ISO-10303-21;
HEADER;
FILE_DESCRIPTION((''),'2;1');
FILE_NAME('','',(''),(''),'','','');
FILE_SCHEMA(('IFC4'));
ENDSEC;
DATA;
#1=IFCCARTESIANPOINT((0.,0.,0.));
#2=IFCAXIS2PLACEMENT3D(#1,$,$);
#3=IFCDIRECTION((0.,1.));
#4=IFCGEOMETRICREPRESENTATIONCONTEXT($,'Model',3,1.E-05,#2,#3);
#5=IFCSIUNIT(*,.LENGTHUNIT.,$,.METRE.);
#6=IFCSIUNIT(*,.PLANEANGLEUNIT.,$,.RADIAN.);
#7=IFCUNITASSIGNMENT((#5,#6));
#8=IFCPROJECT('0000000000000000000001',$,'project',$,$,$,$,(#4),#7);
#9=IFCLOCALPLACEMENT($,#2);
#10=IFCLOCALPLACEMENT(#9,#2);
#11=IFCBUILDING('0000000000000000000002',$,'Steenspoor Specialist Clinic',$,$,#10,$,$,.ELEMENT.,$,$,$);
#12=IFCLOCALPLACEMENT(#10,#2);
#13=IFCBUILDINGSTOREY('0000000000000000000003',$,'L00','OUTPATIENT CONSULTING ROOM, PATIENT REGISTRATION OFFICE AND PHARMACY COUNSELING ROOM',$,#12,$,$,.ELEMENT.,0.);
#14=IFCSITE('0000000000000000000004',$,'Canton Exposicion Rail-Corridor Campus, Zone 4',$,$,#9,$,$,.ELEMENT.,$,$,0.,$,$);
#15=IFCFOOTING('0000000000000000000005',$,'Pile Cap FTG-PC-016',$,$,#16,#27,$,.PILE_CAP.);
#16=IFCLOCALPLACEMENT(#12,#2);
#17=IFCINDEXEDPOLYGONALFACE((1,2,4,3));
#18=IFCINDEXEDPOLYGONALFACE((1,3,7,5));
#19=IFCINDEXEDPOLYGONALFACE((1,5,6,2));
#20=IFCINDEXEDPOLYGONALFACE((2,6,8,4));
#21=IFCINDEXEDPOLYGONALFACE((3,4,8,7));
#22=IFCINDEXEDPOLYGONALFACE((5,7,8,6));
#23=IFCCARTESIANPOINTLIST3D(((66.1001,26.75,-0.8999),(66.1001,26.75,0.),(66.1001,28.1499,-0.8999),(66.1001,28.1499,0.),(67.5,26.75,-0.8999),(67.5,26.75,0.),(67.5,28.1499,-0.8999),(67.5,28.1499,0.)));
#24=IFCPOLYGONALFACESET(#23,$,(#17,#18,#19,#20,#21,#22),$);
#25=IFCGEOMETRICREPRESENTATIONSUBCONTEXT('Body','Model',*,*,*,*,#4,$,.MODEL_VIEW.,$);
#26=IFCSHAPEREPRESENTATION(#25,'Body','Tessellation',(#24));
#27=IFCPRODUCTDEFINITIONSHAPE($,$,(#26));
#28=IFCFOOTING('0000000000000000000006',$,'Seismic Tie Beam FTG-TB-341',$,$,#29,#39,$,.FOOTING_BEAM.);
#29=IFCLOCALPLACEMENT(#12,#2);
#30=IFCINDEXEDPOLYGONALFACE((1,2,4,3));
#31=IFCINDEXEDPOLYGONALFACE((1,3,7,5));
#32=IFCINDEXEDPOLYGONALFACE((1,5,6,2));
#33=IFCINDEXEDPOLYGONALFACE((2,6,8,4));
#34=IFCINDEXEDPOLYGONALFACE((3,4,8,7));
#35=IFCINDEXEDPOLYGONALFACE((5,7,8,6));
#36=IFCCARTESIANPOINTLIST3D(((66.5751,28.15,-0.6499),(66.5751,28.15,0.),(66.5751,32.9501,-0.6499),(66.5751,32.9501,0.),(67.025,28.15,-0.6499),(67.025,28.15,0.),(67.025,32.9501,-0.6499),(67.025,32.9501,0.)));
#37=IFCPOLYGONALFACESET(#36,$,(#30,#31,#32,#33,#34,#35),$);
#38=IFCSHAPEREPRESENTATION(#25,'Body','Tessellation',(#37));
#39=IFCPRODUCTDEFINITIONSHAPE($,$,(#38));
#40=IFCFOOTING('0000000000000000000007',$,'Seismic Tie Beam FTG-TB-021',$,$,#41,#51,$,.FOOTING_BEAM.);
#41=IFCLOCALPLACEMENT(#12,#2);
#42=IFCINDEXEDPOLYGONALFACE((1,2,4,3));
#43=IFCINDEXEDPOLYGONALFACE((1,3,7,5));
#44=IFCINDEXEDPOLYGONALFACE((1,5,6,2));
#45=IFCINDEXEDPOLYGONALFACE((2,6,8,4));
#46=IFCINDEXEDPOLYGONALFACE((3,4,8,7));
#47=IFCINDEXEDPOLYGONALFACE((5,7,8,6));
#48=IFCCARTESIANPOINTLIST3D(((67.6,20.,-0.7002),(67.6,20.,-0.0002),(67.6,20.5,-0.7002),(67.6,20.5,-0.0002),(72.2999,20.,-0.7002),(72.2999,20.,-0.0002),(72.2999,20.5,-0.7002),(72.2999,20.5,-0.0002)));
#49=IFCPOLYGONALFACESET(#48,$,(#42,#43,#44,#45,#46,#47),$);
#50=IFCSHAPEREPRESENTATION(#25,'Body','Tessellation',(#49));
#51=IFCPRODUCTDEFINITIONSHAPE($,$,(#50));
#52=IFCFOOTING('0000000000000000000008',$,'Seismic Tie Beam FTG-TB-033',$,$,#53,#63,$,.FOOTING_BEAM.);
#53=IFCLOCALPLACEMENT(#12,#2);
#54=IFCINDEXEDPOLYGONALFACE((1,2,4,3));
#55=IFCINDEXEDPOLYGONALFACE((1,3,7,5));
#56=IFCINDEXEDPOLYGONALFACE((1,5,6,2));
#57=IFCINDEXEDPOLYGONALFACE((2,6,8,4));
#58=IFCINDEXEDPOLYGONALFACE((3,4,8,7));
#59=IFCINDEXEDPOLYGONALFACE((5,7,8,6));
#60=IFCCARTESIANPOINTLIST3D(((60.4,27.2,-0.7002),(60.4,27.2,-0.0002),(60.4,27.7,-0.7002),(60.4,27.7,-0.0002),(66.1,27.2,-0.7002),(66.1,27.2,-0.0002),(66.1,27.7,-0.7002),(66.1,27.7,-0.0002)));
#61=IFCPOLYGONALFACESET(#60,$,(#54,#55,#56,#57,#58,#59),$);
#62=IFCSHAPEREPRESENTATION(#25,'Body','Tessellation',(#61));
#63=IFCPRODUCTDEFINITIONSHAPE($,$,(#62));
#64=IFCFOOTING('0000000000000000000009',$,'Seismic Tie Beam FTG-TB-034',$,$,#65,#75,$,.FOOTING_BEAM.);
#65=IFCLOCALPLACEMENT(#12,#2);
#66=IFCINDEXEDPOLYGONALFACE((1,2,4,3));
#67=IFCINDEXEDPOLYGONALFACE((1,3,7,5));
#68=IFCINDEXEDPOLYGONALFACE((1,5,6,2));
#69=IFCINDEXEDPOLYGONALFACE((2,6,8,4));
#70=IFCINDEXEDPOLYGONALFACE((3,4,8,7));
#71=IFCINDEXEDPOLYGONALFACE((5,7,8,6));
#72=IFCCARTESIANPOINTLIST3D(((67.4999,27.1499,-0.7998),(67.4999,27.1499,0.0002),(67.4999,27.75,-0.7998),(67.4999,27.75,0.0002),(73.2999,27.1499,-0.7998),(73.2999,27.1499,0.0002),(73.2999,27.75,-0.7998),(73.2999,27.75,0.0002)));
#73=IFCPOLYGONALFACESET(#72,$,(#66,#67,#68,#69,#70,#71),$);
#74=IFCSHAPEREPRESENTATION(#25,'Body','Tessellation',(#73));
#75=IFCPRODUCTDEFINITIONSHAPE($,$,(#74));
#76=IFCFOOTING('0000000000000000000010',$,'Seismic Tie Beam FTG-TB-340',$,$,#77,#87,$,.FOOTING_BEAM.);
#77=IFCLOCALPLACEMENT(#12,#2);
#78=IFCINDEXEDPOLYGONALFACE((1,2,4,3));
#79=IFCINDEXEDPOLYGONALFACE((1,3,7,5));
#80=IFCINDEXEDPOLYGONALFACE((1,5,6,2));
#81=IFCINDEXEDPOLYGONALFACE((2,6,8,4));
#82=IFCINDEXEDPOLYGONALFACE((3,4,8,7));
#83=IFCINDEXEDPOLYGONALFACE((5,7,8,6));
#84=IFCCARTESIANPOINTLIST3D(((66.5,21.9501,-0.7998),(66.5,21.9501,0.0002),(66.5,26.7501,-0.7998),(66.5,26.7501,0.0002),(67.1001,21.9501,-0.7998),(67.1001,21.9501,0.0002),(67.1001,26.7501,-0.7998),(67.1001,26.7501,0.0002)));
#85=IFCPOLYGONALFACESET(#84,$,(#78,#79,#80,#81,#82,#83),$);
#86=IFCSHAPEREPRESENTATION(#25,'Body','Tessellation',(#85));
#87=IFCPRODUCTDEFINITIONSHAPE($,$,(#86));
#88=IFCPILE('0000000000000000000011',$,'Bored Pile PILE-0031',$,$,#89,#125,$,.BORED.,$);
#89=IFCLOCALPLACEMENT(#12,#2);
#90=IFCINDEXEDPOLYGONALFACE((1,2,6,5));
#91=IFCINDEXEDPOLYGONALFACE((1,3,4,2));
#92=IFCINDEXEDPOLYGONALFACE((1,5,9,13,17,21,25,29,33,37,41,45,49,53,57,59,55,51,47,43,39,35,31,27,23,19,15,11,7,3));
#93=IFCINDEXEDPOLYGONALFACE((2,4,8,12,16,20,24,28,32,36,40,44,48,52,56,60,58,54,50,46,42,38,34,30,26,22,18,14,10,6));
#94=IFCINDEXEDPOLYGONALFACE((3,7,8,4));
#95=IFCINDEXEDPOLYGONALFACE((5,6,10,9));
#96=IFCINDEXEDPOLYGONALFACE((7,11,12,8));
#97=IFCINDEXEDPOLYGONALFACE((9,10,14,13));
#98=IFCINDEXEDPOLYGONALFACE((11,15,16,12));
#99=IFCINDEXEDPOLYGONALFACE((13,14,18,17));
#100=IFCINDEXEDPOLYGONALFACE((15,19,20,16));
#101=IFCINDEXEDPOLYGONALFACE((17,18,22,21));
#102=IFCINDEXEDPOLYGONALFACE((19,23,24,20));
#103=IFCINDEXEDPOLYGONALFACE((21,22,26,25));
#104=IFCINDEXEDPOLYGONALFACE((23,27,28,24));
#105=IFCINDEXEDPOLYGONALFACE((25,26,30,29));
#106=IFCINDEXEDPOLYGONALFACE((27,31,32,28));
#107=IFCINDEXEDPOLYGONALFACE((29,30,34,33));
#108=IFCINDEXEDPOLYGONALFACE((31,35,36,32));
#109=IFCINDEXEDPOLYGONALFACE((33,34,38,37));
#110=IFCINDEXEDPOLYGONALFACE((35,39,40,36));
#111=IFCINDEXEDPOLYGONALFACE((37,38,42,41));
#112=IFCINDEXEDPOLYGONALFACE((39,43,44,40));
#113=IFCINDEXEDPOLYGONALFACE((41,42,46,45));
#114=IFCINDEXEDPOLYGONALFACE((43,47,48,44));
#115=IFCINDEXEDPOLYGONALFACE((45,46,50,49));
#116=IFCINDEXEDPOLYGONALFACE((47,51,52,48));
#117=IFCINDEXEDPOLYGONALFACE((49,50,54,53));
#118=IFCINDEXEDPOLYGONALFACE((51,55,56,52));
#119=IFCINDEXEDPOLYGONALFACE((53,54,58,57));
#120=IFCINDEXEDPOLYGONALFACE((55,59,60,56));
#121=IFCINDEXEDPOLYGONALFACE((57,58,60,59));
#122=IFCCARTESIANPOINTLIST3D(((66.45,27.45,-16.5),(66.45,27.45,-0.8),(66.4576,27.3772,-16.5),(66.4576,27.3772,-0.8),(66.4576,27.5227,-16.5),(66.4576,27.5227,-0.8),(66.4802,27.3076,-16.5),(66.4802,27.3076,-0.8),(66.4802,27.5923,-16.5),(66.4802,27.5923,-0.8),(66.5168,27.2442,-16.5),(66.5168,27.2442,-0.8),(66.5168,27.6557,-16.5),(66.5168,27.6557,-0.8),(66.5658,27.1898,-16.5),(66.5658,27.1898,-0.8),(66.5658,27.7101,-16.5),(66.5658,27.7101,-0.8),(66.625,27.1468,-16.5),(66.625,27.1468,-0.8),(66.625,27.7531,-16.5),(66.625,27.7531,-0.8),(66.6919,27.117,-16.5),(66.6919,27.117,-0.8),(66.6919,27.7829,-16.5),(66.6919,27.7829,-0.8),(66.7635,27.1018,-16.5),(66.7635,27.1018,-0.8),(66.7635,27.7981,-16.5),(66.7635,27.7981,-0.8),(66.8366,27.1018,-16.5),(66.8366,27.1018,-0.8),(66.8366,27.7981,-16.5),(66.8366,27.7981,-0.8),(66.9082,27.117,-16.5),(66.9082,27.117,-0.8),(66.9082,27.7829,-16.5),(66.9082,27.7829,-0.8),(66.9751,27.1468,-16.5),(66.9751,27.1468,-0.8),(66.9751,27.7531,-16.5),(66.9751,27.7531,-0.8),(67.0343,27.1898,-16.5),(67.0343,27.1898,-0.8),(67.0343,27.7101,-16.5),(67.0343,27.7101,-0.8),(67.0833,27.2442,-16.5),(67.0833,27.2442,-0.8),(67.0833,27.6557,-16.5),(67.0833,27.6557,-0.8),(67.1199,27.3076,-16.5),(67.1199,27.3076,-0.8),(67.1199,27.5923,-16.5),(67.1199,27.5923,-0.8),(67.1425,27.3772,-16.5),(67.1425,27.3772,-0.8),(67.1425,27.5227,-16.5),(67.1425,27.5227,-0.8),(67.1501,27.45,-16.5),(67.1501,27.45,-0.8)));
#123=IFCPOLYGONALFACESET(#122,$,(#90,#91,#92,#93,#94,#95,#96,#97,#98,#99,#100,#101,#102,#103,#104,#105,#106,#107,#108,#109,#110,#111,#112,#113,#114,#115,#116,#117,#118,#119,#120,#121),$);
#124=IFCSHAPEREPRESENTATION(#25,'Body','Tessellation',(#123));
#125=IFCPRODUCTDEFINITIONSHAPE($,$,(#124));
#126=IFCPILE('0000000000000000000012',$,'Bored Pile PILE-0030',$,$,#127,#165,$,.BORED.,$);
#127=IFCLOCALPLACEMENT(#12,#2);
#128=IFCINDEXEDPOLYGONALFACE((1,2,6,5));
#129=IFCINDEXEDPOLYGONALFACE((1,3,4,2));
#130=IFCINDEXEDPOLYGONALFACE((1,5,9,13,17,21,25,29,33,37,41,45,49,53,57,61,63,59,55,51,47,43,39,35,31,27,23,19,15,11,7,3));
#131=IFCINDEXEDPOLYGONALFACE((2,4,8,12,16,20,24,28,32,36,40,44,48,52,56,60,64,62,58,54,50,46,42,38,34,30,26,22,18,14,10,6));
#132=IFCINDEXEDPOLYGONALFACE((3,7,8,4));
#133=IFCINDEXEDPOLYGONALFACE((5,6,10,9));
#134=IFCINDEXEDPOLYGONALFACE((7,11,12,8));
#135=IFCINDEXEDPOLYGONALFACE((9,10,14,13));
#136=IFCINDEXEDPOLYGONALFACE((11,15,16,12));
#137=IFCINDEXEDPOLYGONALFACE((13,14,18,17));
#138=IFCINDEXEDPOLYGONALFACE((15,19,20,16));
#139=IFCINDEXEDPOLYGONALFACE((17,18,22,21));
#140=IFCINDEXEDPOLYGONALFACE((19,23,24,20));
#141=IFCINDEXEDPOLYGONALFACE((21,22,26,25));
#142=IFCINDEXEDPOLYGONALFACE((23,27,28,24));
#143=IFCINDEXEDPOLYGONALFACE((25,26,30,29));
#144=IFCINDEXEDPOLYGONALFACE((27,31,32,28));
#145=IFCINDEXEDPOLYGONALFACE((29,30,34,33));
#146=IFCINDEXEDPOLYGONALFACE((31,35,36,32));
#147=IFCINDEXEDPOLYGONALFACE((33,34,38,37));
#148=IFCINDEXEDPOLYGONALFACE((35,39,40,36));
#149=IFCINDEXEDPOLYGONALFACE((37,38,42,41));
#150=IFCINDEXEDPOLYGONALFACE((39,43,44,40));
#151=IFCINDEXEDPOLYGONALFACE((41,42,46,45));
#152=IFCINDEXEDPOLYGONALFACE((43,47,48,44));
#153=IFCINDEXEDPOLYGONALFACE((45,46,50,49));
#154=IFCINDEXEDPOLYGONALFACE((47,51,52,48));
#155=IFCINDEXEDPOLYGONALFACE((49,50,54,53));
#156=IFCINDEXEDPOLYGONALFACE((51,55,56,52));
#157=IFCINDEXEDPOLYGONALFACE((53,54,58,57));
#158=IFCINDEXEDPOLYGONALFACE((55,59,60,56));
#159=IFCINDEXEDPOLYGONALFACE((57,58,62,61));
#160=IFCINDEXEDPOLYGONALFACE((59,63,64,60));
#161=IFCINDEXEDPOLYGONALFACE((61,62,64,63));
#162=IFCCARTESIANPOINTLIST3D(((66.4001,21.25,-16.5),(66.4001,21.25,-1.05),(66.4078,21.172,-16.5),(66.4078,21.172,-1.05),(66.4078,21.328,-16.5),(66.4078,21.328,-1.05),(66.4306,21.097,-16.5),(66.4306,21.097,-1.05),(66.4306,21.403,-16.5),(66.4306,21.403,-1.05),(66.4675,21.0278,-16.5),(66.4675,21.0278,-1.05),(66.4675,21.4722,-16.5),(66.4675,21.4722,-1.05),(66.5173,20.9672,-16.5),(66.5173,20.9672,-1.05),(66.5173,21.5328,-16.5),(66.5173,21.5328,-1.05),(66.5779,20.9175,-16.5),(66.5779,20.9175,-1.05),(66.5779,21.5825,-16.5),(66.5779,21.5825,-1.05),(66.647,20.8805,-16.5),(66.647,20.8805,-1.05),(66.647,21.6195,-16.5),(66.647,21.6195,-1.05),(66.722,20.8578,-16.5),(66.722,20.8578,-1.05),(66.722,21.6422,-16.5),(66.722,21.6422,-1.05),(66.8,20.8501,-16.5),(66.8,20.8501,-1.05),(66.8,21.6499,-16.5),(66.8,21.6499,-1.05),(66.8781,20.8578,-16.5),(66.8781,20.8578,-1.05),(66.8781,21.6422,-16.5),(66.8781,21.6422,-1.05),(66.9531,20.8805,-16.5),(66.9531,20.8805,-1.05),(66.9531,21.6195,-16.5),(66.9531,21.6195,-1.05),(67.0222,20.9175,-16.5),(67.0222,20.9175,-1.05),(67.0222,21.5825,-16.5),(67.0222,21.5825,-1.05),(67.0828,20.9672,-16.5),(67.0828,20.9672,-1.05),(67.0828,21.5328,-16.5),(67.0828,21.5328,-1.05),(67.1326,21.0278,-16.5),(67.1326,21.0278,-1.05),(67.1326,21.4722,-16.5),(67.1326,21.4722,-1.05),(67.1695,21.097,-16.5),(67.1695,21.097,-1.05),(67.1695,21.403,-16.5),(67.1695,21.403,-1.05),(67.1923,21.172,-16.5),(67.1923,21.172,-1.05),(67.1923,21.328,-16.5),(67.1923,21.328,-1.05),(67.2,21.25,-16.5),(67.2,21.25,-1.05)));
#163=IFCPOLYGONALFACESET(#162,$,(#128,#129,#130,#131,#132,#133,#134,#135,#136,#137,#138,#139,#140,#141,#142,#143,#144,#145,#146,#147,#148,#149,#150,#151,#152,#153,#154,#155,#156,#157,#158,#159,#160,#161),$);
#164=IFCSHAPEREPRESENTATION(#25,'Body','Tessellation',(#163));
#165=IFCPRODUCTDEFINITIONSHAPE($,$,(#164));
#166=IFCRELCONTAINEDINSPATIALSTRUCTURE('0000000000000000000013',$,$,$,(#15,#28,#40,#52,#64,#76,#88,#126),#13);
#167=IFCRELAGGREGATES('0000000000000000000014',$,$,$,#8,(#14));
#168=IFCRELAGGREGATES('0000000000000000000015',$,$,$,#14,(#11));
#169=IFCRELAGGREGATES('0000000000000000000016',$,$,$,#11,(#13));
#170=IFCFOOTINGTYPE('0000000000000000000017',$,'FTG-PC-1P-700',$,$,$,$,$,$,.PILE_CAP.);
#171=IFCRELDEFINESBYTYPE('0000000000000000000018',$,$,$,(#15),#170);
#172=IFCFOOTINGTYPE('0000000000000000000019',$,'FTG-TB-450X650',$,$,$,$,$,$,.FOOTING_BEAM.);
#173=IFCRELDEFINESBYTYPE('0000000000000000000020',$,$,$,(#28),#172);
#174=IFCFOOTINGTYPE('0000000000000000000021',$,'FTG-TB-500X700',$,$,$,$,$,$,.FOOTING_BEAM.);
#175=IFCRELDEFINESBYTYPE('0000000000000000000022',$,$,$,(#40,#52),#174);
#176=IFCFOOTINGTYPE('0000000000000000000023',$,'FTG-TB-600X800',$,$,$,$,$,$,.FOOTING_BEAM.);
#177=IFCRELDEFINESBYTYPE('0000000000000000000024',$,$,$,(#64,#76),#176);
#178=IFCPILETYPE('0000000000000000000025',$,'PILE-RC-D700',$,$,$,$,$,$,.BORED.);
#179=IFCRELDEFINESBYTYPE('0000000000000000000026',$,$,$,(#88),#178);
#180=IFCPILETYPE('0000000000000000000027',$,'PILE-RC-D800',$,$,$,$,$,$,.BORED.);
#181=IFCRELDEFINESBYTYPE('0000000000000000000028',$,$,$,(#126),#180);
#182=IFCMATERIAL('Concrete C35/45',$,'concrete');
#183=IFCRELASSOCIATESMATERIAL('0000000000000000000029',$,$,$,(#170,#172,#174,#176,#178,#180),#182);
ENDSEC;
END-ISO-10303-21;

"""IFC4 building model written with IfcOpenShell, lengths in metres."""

from ifc_helpers import new_model, si_unit, direction, frame, origin, origin_2d, place, context, subcontext, project, spatial, rectangle, circle, extrude, material, material_profile, profile_set, type_object, element, save


model = new_model("IFC4")

# Units and contexts
model_context = context("Model", 3, precision=1e-05, world=origin(), true_north=direction((0.0, 1.0)))
body_context = subcontext(model_context, "Body", "Model", "MODEL_VIEW")
ifc_project = project(units=[si_unit("LENGTHUNIT", "METRE"), si_unit("PLANEANGLEUNIT", "RADIAN")], contexts=[model_context])

# Site, building, storey
site_placement = place(None, origin())
site = spatial("IfcSite", under=ifc_project, at=site_placement, Name="Canton Exposicion Rail-Corridor Campus, Zone 4", CompositionType="ELEMENT", RefElevation=0.0)
building_placement = place(site_placement, origin())
building = spatial("IfcBuilding", under=site, at=building_placement, Name="Steenspoor Specialist Clinic", CompositionType="ELEMENT")
storey_placement = place(building_placement, origin())
storey = spatial("IfcBuildingStorey", under=building, at=storey_placement, Name="L00", Description="OUTPATIENT CONSULTING ROOM, PATIENT REGISTRATION OFFICE AND PHARMACY COUNSELING ROOM", CompositionType="ELEMENT", Elevation=0.0)

# Footings
ifc_material_1 = material(Name="Concrete C35/45", Category="concrete")
footing_type_1 = type_object("IfcFootingType", Name="FTG-PC-1P-700", PredefinedType="PILE_CAP", material=ifc_material_1)
footing_1_placement = place(storey_placement, frame((66.8, 27.45, -0.8999), z_axis=(0.0, 0.0, 1.0), x_axis=(1.0, 0.0, 0.0)))
element("IfcFooting", 1, at=footing_1_placement, inside=storey, type_object=footing_type_1, Name="Pile Cap FTG-PC-016", PredefinedType="PILE_CAP", context=body_context, shape_type="SweptSolid", body=[
    extrude(rectangle(XDim=1.3999, YDim=1.3999, at=origin_2d()), origin(), (0.0, 0.0, 1.0), 0.8999),
])
footing_type_2 = type_object("IfcFootingType", Name="FTG-TB-450X650", PredefinedType="FOOTING_BEAM", material=ifc_material_1)
footing_2_placement = place(storey_placement, frame((66.8, 30.55, -0.6499), z_axis=(0.0, 0.0, 1.0), x_axis=(1.0, 0.0, 0.0)))
element("IfcFooting", 2, at=footing_2_placement, inside=storey, type_object=footing_type_2, Name="Seismic Tie Beam FTG-TB-341", PredefinedType="FOOTING_BEAM", context=body_context, shape_type="SweptSolid", body=[
    extrude(rectangle(XDim=0.45, YDim=4.8, at=origin_2d()), origin(), (0.0, 0.0, 1.0), 0.6499),
])
footing_type_3 = type_object("IfcFootingType", Name="FTG-TB-500X700", PredefinedType="FOOTING_BEAM", material=ifc_material_1)
footing_3_placement = place(storey_placement, frame((69.95, 20.25, -0.7002), z_axis=(0.0, 0.0, 1.0), x_axis=(1.0, 0.0, 0.0)))
element("IfcFooting", 3, at=footing_3_placement, inside=storey, type_object=footing_type_3, Name="Seismic Tie Beam FTG-TB-021", PredefinedType="FOOTING_BEAM", context=body_context, shape_type="SweptSolid", body=[
    extrude(rectangle(XDim=4.7, YDim=0.5, at=origin_2d()), origin(), (0.0, 0.0, 1.0), 0.7),
])
footing_4_placement = place(storey_placement, frame((63.25, 27.45, -0.7002), z_axis=(0.0, 0.0, 1.0), x_axis=(1.0, 0.0, 0.0)))
element("IfcFooting", 4, at=footing_4_placement, inside=storey, type_object=footing_type_3, Name="Seismic Tie Beam FTG-TB-033", PredefinedType="FOOTING_BEAM", context=body_context, shape_type="SweptSolid", body=[
    extrude(rectangle(XDim=5.7, YDim=0.5, at=origin_2d()), origin(), (0.0, 0.0, 1.0), 0.7),
])
footing_type_4 = type_object("IfcFootingType", Name="FTG-TB-600X800", PredefinedType="FOOTING_BEAM", material=ifc_material_1)
footing_5_placement = place(storey_placement, frame((70.3999, 27.45, -0.7998), z_axis=(0.0, 0.0, 1.0), x_axis=(1.0, 0.0, 0.0)))
element("IfcFooting", 5, at=footing_5_placement, inside=storey, type_object=footing_type_4, Name="Seismic Tie Beam FTG-TB-034", PredefinedType="FOOTING_BEAM", context=body_context, shape_type="SweptSolid", body=[
    extrude(rectangle(XDim=5.8, YDim=0.6001, at=origin_2d()), origin(), (0.0, 0.0, 1.0), 0.8),
])
footing_6_placement = place(storey_placement, frame((66.8, 24.3501, -0.7998), z_axis=(0.0, 0.0, 1.0), x_axis=(1.0, 0.0, 0.0)))
element("IfcFooting", 6, at=footing_6_placement, inside=storey, type_object=footing_type_4, Name="Seismic Tie Beam FTG-TB-340", PredefinedType="FOOTING_BEAM", context=body_context, shape_type="SweptSolid", body=[
    extrude(rectangle(XDim=0.6001, YDim=4.8, at=origin_2d()), origin(), (0.0, 0.0, 1.0), 0.8),
])

# Piles
ifc_material_profile_1 = material_profile(ifc_material_1, circle(Radius=0.3501, at=origin_2d()), Name="PILE-D700")
ifc_profile_set_1 = profile_set([ifc_material_profile_1], Name="Concrete C35/45")
pile_type_1 = type_object("IfcPileType", Name="PILE-RC-D700", PredefinedType="BORED", material=ifc_profile_set_1)
pile_1_placement = place(storey_placement, frame((66.8, 27.45, -0.8), z_axis=(0.0, 0.0, -1.0), x_axis=(1.0, 0.0, 0.0)))
element("IfcPile", 7, at=pile_1_placement, inside=storey, type_object=pile_type_1, Name="Bored Pile PILE-0031", PredefinedType="BORED", context=body_context, shape_type="SweptSolid", body=[
    extrude(circle(Radius=0.3501, at=origin_2d()), origin(), (0.0, 0.0, 1.0), 15.7),
])
ifc_material_profile_2 = material_profile(ifc_material_1, circle(Radius=0.3999, at=origin_2d()), Name="PILE-D800")
ifc_profile_set_2 = profile_set([ifc_material_profile_2], Name="Concrete C35/45")
pile_type_2 = type_object("IfcPileType", Name="PILE-RC-D800", PredefinedType="BORED", material=ifc_profile_set_2)
pile_2_placement = place(storey_placement, frame((66.8, 21.25, -1.05), z_axis=(0.0, 0.0, -1.0), x_axis=(1.0, 0.0, 0.0)))
element("IfcPile", 8, at=pile_2_placement, inside=storey, type_object=pile_type_2, Name="Bored Pile PILE-0030", PredefinedType="BORED", context=body_context, shape_type="SweptSolid", body=[
    extrude(circle(Radius=0.3999, at=origin_2d()), origin(), (0.0, 0.0, 1.0), 15.45),
])

save(model, "model.ifc")
